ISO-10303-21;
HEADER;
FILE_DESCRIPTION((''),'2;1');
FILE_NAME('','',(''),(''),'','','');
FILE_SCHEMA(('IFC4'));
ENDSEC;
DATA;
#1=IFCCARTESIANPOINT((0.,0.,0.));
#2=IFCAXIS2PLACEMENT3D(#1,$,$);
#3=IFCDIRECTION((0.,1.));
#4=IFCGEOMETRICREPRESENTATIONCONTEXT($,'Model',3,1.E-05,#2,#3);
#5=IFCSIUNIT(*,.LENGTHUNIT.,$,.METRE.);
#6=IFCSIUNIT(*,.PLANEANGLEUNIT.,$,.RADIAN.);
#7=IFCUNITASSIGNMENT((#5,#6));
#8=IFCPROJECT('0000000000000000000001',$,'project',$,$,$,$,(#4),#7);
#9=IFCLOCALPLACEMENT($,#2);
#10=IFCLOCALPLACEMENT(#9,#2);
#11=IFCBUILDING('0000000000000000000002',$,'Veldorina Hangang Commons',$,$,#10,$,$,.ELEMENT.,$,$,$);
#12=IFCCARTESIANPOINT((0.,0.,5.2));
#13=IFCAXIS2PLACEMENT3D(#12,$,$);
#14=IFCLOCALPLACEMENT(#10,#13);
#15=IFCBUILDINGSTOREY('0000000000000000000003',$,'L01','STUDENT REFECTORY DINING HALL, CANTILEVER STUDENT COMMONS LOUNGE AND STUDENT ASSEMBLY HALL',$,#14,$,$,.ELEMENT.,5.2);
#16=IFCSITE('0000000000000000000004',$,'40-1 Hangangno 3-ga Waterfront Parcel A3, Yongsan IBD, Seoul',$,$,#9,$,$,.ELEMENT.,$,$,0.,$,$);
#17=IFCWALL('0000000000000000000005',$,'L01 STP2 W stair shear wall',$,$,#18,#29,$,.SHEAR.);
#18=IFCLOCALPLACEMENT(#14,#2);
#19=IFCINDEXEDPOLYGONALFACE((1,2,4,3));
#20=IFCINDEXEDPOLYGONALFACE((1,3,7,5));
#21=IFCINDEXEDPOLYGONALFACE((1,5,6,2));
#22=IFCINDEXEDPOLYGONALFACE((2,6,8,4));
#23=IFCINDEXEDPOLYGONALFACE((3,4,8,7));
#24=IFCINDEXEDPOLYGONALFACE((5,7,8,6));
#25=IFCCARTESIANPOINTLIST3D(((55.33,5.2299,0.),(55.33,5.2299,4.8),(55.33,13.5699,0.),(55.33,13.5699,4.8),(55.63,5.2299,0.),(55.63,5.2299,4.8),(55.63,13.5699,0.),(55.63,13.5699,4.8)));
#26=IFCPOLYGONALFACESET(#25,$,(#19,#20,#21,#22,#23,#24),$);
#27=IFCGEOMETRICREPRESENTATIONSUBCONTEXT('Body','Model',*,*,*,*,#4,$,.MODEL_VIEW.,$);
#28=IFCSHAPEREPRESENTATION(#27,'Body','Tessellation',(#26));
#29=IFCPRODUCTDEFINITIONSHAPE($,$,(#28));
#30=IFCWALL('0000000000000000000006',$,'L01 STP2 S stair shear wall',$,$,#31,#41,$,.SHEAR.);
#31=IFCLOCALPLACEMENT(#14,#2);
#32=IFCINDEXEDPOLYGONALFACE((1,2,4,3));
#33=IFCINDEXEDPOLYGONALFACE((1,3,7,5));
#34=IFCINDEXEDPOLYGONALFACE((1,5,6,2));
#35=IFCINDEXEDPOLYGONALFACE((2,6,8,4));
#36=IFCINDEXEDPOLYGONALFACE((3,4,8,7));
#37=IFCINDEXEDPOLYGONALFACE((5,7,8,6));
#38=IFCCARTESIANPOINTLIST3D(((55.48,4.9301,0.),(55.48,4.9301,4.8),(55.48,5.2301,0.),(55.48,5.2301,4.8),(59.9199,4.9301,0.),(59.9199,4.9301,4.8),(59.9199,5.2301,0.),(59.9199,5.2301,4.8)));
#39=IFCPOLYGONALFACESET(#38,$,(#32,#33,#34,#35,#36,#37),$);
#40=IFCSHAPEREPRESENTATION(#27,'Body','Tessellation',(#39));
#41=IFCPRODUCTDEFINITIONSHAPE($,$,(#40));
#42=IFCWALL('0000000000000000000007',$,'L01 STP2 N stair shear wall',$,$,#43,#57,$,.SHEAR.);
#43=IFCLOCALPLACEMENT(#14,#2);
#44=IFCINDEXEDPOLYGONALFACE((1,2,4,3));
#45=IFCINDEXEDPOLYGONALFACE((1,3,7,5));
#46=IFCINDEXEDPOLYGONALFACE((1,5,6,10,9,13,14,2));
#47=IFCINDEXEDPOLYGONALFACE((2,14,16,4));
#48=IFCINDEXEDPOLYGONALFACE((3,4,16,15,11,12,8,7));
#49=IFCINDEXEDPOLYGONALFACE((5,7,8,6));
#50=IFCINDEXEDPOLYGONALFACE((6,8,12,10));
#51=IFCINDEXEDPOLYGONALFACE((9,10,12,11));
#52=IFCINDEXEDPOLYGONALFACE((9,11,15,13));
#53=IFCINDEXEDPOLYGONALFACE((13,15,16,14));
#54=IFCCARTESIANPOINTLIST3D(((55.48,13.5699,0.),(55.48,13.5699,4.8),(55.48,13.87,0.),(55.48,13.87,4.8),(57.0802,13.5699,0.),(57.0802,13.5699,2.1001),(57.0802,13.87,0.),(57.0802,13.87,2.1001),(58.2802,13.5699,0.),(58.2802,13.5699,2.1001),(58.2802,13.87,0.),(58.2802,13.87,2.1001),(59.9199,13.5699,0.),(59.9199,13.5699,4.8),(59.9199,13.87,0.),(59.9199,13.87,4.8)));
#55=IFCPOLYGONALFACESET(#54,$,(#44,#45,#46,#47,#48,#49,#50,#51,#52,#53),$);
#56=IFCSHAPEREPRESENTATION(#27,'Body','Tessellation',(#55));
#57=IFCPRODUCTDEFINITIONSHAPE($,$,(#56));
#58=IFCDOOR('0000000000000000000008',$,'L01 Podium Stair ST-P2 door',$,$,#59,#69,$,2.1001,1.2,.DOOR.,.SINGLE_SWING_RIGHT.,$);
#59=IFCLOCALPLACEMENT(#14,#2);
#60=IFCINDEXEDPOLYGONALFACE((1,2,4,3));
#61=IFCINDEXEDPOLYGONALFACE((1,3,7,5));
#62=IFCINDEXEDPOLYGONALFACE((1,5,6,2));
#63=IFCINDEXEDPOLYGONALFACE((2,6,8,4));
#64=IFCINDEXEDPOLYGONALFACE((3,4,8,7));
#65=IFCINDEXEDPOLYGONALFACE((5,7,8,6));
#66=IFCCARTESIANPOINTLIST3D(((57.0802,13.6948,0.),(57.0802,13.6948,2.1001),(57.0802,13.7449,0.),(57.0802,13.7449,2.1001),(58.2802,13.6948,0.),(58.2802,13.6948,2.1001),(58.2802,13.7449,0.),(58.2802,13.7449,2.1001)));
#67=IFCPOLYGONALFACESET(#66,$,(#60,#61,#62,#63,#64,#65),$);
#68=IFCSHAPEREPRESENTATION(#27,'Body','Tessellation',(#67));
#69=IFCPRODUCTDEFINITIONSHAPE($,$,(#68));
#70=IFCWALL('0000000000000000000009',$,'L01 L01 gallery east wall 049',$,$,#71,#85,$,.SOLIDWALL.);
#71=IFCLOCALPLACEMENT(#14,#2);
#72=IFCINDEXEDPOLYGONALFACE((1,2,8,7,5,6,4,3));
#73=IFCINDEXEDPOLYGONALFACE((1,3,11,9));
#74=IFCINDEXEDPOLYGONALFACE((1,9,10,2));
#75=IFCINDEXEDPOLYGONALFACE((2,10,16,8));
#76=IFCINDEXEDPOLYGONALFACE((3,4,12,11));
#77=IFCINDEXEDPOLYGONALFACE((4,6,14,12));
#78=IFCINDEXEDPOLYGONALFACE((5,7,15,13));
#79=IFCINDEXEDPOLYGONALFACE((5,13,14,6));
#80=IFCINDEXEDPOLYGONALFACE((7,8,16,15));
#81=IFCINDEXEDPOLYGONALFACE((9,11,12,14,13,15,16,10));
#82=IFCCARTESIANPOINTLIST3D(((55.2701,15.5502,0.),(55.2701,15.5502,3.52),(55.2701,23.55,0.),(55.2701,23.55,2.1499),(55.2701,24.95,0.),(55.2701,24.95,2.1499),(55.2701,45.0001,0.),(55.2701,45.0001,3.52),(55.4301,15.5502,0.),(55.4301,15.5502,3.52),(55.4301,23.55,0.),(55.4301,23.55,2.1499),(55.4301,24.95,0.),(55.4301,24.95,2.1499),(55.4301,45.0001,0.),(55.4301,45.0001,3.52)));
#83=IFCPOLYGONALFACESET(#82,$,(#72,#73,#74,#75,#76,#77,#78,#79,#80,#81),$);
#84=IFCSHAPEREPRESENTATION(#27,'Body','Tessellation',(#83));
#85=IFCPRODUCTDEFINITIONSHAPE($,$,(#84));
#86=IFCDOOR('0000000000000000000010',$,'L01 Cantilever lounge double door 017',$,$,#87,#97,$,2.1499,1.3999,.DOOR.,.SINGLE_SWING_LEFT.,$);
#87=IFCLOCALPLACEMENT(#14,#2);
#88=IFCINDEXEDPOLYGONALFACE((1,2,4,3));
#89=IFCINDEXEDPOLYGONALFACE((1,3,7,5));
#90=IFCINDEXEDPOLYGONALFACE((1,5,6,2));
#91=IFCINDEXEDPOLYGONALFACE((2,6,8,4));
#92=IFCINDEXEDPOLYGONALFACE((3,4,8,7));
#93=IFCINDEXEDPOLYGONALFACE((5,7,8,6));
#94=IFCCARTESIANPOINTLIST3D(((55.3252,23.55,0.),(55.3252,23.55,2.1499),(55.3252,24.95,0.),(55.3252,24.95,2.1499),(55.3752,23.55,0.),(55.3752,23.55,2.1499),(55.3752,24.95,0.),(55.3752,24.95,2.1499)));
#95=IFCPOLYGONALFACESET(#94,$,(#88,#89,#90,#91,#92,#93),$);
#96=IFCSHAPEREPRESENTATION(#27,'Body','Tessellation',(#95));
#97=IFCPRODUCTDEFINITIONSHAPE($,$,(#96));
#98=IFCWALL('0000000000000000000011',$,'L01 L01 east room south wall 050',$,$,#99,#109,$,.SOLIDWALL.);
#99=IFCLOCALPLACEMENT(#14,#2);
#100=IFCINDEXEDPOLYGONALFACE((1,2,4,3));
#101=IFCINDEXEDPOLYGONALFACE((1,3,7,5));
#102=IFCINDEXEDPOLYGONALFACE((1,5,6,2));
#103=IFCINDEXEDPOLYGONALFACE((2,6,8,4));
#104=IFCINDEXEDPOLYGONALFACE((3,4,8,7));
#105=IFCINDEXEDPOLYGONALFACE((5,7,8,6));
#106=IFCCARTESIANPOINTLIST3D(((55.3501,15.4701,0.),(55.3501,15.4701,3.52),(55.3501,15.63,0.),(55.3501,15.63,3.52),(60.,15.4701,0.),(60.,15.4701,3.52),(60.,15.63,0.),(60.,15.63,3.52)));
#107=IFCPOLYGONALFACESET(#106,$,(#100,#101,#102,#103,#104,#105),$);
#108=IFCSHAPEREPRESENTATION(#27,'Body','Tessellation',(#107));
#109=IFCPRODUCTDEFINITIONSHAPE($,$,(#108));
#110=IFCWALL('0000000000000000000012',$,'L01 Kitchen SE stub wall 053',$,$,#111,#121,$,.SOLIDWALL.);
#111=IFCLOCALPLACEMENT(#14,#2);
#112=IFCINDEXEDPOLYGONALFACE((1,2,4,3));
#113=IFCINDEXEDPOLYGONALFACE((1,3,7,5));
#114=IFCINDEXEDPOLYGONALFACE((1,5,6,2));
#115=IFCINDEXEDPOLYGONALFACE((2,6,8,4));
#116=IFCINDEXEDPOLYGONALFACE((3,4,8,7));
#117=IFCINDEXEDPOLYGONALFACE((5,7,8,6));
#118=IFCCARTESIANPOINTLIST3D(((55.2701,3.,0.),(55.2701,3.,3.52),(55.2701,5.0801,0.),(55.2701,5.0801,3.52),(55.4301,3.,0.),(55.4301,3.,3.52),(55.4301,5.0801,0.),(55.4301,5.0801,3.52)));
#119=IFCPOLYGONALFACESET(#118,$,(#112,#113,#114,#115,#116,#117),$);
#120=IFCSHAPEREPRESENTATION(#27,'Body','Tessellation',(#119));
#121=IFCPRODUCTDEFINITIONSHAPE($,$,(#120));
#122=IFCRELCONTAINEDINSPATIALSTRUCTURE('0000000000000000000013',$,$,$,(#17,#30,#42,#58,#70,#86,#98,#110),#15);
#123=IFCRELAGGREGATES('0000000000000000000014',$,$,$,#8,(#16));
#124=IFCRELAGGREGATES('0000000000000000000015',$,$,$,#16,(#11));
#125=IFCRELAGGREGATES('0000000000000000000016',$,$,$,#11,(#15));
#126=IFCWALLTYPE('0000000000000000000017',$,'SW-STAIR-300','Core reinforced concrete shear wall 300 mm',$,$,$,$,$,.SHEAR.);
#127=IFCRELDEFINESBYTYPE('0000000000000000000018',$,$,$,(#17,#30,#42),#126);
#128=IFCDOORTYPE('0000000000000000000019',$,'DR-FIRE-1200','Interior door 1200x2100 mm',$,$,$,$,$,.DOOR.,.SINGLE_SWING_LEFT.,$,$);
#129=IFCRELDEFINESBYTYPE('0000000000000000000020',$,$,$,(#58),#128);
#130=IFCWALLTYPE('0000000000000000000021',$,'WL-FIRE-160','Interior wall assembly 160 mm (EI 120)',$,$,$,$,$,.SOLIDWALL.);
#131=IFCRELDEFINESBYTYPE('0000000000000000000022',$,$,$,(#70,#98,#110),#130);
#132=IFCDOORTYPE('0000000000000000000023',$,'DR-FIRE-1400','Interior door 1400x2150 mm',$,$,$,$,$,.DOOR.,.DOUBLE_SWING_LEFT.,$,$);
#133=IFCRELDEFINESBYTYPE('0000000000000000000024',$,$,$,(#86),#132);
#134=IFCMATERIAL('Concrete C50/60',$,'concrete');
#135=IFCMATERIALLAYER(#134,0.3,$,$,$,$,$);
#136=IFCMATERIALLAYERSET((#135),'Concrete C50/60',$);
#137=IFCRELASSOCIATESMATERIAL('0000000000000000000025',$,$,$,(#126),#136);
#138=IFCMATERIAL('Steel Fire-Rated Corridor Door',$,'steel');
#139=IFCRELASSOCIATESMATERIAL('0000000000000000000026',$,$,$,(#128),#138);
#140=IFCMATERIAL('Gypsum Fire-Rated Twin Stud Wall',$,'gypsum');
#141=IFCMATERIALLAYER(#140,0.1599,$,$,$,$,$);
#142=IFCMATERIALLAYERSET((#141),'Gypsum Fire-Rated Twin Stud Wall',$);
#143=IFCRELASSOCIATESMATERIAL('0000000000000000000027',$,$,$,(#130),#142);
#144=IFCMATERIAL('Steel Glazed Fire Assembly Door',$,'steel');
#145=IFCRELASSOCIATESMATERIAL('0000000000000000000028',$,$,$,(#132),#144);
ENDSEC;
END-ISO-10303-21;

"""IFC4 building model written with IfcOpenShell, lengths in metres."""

from ifc_helpers import new_model, si_unit, direction, frame, frame_2d, origin, place, context, subcontext, project, spatial, rectangle, extrude, material, layer, layer_set, type_object, element, fill, save


model = new_model("IFC4")

# Units and contexts
model_context = context("Model", 3, precision=1e-05, world=origin(), true_north=direction((0.0, 1.0)))
body_context = subcontext(model_context, "Body", "Model", "MODEL_VIEW")
ifc_project = project(units=[si_unit("LENGTHUNIT", "METRE"), si_unit("PLANEANGLEUNIT", "RADIAN")], contexts=[model_context])

# Site, building, storey
site_placement = place(None, origin())
site = spatial("IfcSite", under=ifc_project, at=site_placement, Name="40-1 Hangangno 3-ga Waterfront Parcel A3, Yongsan IBD, Seoul", CompositionType="ELEMENT", RefElevation=0.0)
building_placement = place(site_placement, origin())
building = spatial("IfcBuilding", under=site, at=building_placement, Name="Veldorina Hangang Commons", CompositionType="ELEMENT")
storey_placement = place(building_placement, frame((0.0, 0.0, 5.2)))
storey = spatial("IfcBuildingStorey", under=building, at=storey_placement, Name="L01", Description="STUDENT REFECTORY DINING HALL, CANTILEVER STUDENT COMMONS LOUNGE AND STUDENT ASSEMBLY HALL", CompositionType="ELEMENT", Elevation=5.2)

# Walls
ifc_material_1 = material(Name="Concrete C50/60", Category="concrete")
ifc_layer_1 = layer(ifc_material_1, 0.3)
ifc_layer_set_1 = layer_set([ifc_layer_1], Name="Concrete C50/60")
wall_type_1 = type_object("IfcWallType", Name="SW-STAIR-300", Description="Core reinforced concrete shear wall 300 mm", PredefinedType="SHEAR", material=ifc_layer_set_1)
wall_1_placement = place(storey_placement, frame((55.48, 5.23, 0.0), z_axis=(0.0, 0.0, 1.0), x_axis=(0.0, 1.0, 0.0)))
element("IfcWall", 1, at=wall_1_placement, inside=storey, type_object=wall_type_1, Name="L01 STP2 W stair shear wall", PredefinedType="SHEAR", context=body_context, shape_type="SweptSolid", body=[
    extrude(rectangle(XDim=8.3401, YDim=0.3, at=frame_2d((4.1699, 0.0))), origin(), (0.0, 0.0, 1.0), 4.8),
])
wall_2_placement = place(storey_placement, frame((55.48, 5.0801, 0.0), z_axis=(0.0, 0.0, 1.0), x_axis=(1.0, 0.0, 0.0)))
element("IfcWall", 2, at=wall_2_placement, inside=storey, type_object=wall_type_1, Name="L01 STP2 S stair shear wall", PredefinedType="SHEAR", context=body_context, shape_type="SweptSolid", body=[
    extrude(rectangle(XDim=4.4399, YDim=0.3, at=frame_2d((2.22, 0.0))), origin(), (0.0, 0.0, 1.0), 4.8),
])

# Walls, openings, doors
wall_3_placement = place(storey_placement, frame((55.48, 13.72, 0.0), z_axis=(0.0, 0.0, 1.0), x_axis=(1.0, 0.0, 0.0)))
wall_3 = element("IfcWall", 3, at=wall_3_placement, inside=storey, type_object=wall_type_1, Name="L01 STP2 N stair shear wall", PredefinedType="SHEAR", context=body_context, shape_type="SweptSolid", body=[
    extrude(rectangle(XDim=4.4399, YDim=0.3, at=frame_2d((2.22, 0.0))), origin(), (0.0, 0.0, 1.0), 4.8),
])
opening_1_placement = place(wall_3_placement, frame((1.6001, 0.0, 0.0)))
opening_1 = element("IfcOpeningElement", 4, at=opening_1_placement, cuts=wall_3, PredefinedType="OPENING", context=body_context, shape_type="SweptSolid", body=[
    extrude(rectangle(XDim=1.2, YDim=2.1001, at=frame_2d((0.6001, 1.05))), frame((0.0, 0.1602, 0.0), z_axis=(0.0, -1.0, 0.0), x_axis=(1.0, 0.0, 0.0)), (0.0, 0.0, 1.0), 0.3201),
])
ifc_material_2 = material(Name="Steel Fire-Rated Corridor Door", Category="steel")
door_type_1 = type_object("IfcDoorType", Name="DR-FIRE-1200", Description="Interior door 1200x2100 mm", OperationType="SINGLE_SWING_LEFT", PredefinedType="DOOR", material=ifc_material_2)
door_1_placement = place(opening_1_placement, origin())
door_1 = element("IfcDoor", 5, at=door_1_placement, inside=storey, type_object=door_type_1, Name="L01 Podium Stair ST-P2 door", OperationType="SINGLE_SWING_RIGHT", OverallHeight=2.1001, OverallWidth=1.2, PredefinedType="DOOR", context=body_context, shape_type="SweptSolid", body=[
    extrude(rectangle(XDim=1.2, YDim=2.1001, at=frame_2d((0.6001, 1.05))), frame((0.0, 0.0249, 0.0), z_axis=(0.0, -1.0, 0.0), x_axis=(1.0, 0.0, 0.0)), (0.0, 0.0, 1.0), 0.05),
])
fill(opening_1, door_1)
ifc_material_3 = material(Name="Gypsum Fire-Rated Twin Stud Wall", Category="gypsum")
ifc_layer_2 = layer(ifc_material_3, 0.1599)
ifc_layer_set_2 = layer_set([ifc_layer_2], Name="Gypsum Fire-Rated Twin Stud Wall")
wall_type_2 = type_object("IfcWallType", Name="WL-FIRE-160", Description="Interior wall assembly 160 mm (EI 120)", PredefinedType="SOLIDWALL", material=ifc_layer_set_2)
wall_4_placement = place(storey_placement, frame((55.3501, 15.55, 0.0), z_axis=(0.0, 0.0, 1.0), x_axis=(0.0, 1.0, 0.0)))
wall_4 = element("IfcWall", 6, at=wall_4_placement, inside=storey, type_object=wall_type_2, Name="L01 L01 gallery east wall 049", PredefinedType="SOLIDWALL", context=body_context, shape_type="SweptSolid", body=[
    extrude(rectangle(XDim=29.45, YDim=0.1599, at=frame_2d((14.7251, 0.0))), origin(), (0.0, 0.0, 1.0), 3.52),
])
opening_2_placement = place(wall_4_placement, frame((8.0, 0.0, 0.0)))
opening_2 = element("IfcOpeningElement", 7, at=opening_2_placement, cuts=wall_4, PredefinedType="OPENING", context=body_context, shape_type="SweptSolid", body=[
    extrude(rectangle(XDim=1.3999, YDim=2.1499, at=frame_2d((0.7, 1.075))), frame((0.0, 0.0898, 0.0), z_axis=(0.0, -1.0, 0.0), x_axis=(1.0, 0.0, 0.0)), (0.0, 0.0, 1.0), 0.1799),
])
ifc_material_4 = material(Name="Steel Glazed Fire Assembly Door", Category="steel")
door_type_2 = type_object("IfcDoorType", Name="DR-FIRE-1400", Description="Interior door 1400x2150 mm", OperationType="DOUBLE_SWING_LEFT", PredefinedType="DOOR", material=ifc_material_4)
door_2_placement = place(opening_2_placement, origin())
door_2 = element("IfcDoor", 8, at=door_2_placement, inside=storey, type_object=door_type_2, Name="L01 Cantilever lounge double door 017", OperationType="SINGLE_SWING_LEFT", OverallHeight=2.1499, OverallWidth=1.3999, PredefinedType="DOOR", context=body_context, shape_type="SweptSolid", body=[
    extrude(rectangle(XDim=1.3999, YDim=2.1499, at=frame_2d((0.7, 1.075))), frame((0.0, 0.0249, 0.0), z_axis=(0.0, -1.0, 0.0), x_axis=(1.0, 0.0, 0.0)), (0.0, 0.0, 1.0), 0.05),
])
fill(opening_2, door_2)

# Walls
wall_5_placement = place(storey_placement, frame((55.3501, 15.55, 0.0), z_axis=(0.0, 0.0, 1.0), x_axis=(1.0, 0.0, 0.0)))
element("IfcWall", 9, at=wall_5_placement, inside=storey, type_object=wall_type_2, Name="L01 L01 east room south wall 050", PredefinedType="SOLIDWALL", context=body_context, shape_type="SweptSolid", body=[
    extrude(rectangle(XDim=4.6499, YDim=0.1599, at=frame_2d((2.325, 0.0))), origin(), (0.0, 0.0, 1.0), 3.52),
])
wall_6_placement = place(storey_placement, frame((55.3501, 3.0, 0.0), z_axis=(0.0, 0.0, 1.0), x_axis=(0.0, 1.0, 0.0)))
element("IfcWall", 10, at=wall_6_placement, inside=storey, type_object=wall_type_2, Name="L01 Kitchen SE stub wall 053", PredefinedType="SOLIDWALL", context=body_context, shape_type="SweptSolid", body=[
    extrude(rectangle(XDim=2.0801, YDim=0.1599, at=frame_2d((1.04, 0.0))), origin(), (0.0, 0.0, 1.0), 3.52),
])

save(model, "model.ifc")
